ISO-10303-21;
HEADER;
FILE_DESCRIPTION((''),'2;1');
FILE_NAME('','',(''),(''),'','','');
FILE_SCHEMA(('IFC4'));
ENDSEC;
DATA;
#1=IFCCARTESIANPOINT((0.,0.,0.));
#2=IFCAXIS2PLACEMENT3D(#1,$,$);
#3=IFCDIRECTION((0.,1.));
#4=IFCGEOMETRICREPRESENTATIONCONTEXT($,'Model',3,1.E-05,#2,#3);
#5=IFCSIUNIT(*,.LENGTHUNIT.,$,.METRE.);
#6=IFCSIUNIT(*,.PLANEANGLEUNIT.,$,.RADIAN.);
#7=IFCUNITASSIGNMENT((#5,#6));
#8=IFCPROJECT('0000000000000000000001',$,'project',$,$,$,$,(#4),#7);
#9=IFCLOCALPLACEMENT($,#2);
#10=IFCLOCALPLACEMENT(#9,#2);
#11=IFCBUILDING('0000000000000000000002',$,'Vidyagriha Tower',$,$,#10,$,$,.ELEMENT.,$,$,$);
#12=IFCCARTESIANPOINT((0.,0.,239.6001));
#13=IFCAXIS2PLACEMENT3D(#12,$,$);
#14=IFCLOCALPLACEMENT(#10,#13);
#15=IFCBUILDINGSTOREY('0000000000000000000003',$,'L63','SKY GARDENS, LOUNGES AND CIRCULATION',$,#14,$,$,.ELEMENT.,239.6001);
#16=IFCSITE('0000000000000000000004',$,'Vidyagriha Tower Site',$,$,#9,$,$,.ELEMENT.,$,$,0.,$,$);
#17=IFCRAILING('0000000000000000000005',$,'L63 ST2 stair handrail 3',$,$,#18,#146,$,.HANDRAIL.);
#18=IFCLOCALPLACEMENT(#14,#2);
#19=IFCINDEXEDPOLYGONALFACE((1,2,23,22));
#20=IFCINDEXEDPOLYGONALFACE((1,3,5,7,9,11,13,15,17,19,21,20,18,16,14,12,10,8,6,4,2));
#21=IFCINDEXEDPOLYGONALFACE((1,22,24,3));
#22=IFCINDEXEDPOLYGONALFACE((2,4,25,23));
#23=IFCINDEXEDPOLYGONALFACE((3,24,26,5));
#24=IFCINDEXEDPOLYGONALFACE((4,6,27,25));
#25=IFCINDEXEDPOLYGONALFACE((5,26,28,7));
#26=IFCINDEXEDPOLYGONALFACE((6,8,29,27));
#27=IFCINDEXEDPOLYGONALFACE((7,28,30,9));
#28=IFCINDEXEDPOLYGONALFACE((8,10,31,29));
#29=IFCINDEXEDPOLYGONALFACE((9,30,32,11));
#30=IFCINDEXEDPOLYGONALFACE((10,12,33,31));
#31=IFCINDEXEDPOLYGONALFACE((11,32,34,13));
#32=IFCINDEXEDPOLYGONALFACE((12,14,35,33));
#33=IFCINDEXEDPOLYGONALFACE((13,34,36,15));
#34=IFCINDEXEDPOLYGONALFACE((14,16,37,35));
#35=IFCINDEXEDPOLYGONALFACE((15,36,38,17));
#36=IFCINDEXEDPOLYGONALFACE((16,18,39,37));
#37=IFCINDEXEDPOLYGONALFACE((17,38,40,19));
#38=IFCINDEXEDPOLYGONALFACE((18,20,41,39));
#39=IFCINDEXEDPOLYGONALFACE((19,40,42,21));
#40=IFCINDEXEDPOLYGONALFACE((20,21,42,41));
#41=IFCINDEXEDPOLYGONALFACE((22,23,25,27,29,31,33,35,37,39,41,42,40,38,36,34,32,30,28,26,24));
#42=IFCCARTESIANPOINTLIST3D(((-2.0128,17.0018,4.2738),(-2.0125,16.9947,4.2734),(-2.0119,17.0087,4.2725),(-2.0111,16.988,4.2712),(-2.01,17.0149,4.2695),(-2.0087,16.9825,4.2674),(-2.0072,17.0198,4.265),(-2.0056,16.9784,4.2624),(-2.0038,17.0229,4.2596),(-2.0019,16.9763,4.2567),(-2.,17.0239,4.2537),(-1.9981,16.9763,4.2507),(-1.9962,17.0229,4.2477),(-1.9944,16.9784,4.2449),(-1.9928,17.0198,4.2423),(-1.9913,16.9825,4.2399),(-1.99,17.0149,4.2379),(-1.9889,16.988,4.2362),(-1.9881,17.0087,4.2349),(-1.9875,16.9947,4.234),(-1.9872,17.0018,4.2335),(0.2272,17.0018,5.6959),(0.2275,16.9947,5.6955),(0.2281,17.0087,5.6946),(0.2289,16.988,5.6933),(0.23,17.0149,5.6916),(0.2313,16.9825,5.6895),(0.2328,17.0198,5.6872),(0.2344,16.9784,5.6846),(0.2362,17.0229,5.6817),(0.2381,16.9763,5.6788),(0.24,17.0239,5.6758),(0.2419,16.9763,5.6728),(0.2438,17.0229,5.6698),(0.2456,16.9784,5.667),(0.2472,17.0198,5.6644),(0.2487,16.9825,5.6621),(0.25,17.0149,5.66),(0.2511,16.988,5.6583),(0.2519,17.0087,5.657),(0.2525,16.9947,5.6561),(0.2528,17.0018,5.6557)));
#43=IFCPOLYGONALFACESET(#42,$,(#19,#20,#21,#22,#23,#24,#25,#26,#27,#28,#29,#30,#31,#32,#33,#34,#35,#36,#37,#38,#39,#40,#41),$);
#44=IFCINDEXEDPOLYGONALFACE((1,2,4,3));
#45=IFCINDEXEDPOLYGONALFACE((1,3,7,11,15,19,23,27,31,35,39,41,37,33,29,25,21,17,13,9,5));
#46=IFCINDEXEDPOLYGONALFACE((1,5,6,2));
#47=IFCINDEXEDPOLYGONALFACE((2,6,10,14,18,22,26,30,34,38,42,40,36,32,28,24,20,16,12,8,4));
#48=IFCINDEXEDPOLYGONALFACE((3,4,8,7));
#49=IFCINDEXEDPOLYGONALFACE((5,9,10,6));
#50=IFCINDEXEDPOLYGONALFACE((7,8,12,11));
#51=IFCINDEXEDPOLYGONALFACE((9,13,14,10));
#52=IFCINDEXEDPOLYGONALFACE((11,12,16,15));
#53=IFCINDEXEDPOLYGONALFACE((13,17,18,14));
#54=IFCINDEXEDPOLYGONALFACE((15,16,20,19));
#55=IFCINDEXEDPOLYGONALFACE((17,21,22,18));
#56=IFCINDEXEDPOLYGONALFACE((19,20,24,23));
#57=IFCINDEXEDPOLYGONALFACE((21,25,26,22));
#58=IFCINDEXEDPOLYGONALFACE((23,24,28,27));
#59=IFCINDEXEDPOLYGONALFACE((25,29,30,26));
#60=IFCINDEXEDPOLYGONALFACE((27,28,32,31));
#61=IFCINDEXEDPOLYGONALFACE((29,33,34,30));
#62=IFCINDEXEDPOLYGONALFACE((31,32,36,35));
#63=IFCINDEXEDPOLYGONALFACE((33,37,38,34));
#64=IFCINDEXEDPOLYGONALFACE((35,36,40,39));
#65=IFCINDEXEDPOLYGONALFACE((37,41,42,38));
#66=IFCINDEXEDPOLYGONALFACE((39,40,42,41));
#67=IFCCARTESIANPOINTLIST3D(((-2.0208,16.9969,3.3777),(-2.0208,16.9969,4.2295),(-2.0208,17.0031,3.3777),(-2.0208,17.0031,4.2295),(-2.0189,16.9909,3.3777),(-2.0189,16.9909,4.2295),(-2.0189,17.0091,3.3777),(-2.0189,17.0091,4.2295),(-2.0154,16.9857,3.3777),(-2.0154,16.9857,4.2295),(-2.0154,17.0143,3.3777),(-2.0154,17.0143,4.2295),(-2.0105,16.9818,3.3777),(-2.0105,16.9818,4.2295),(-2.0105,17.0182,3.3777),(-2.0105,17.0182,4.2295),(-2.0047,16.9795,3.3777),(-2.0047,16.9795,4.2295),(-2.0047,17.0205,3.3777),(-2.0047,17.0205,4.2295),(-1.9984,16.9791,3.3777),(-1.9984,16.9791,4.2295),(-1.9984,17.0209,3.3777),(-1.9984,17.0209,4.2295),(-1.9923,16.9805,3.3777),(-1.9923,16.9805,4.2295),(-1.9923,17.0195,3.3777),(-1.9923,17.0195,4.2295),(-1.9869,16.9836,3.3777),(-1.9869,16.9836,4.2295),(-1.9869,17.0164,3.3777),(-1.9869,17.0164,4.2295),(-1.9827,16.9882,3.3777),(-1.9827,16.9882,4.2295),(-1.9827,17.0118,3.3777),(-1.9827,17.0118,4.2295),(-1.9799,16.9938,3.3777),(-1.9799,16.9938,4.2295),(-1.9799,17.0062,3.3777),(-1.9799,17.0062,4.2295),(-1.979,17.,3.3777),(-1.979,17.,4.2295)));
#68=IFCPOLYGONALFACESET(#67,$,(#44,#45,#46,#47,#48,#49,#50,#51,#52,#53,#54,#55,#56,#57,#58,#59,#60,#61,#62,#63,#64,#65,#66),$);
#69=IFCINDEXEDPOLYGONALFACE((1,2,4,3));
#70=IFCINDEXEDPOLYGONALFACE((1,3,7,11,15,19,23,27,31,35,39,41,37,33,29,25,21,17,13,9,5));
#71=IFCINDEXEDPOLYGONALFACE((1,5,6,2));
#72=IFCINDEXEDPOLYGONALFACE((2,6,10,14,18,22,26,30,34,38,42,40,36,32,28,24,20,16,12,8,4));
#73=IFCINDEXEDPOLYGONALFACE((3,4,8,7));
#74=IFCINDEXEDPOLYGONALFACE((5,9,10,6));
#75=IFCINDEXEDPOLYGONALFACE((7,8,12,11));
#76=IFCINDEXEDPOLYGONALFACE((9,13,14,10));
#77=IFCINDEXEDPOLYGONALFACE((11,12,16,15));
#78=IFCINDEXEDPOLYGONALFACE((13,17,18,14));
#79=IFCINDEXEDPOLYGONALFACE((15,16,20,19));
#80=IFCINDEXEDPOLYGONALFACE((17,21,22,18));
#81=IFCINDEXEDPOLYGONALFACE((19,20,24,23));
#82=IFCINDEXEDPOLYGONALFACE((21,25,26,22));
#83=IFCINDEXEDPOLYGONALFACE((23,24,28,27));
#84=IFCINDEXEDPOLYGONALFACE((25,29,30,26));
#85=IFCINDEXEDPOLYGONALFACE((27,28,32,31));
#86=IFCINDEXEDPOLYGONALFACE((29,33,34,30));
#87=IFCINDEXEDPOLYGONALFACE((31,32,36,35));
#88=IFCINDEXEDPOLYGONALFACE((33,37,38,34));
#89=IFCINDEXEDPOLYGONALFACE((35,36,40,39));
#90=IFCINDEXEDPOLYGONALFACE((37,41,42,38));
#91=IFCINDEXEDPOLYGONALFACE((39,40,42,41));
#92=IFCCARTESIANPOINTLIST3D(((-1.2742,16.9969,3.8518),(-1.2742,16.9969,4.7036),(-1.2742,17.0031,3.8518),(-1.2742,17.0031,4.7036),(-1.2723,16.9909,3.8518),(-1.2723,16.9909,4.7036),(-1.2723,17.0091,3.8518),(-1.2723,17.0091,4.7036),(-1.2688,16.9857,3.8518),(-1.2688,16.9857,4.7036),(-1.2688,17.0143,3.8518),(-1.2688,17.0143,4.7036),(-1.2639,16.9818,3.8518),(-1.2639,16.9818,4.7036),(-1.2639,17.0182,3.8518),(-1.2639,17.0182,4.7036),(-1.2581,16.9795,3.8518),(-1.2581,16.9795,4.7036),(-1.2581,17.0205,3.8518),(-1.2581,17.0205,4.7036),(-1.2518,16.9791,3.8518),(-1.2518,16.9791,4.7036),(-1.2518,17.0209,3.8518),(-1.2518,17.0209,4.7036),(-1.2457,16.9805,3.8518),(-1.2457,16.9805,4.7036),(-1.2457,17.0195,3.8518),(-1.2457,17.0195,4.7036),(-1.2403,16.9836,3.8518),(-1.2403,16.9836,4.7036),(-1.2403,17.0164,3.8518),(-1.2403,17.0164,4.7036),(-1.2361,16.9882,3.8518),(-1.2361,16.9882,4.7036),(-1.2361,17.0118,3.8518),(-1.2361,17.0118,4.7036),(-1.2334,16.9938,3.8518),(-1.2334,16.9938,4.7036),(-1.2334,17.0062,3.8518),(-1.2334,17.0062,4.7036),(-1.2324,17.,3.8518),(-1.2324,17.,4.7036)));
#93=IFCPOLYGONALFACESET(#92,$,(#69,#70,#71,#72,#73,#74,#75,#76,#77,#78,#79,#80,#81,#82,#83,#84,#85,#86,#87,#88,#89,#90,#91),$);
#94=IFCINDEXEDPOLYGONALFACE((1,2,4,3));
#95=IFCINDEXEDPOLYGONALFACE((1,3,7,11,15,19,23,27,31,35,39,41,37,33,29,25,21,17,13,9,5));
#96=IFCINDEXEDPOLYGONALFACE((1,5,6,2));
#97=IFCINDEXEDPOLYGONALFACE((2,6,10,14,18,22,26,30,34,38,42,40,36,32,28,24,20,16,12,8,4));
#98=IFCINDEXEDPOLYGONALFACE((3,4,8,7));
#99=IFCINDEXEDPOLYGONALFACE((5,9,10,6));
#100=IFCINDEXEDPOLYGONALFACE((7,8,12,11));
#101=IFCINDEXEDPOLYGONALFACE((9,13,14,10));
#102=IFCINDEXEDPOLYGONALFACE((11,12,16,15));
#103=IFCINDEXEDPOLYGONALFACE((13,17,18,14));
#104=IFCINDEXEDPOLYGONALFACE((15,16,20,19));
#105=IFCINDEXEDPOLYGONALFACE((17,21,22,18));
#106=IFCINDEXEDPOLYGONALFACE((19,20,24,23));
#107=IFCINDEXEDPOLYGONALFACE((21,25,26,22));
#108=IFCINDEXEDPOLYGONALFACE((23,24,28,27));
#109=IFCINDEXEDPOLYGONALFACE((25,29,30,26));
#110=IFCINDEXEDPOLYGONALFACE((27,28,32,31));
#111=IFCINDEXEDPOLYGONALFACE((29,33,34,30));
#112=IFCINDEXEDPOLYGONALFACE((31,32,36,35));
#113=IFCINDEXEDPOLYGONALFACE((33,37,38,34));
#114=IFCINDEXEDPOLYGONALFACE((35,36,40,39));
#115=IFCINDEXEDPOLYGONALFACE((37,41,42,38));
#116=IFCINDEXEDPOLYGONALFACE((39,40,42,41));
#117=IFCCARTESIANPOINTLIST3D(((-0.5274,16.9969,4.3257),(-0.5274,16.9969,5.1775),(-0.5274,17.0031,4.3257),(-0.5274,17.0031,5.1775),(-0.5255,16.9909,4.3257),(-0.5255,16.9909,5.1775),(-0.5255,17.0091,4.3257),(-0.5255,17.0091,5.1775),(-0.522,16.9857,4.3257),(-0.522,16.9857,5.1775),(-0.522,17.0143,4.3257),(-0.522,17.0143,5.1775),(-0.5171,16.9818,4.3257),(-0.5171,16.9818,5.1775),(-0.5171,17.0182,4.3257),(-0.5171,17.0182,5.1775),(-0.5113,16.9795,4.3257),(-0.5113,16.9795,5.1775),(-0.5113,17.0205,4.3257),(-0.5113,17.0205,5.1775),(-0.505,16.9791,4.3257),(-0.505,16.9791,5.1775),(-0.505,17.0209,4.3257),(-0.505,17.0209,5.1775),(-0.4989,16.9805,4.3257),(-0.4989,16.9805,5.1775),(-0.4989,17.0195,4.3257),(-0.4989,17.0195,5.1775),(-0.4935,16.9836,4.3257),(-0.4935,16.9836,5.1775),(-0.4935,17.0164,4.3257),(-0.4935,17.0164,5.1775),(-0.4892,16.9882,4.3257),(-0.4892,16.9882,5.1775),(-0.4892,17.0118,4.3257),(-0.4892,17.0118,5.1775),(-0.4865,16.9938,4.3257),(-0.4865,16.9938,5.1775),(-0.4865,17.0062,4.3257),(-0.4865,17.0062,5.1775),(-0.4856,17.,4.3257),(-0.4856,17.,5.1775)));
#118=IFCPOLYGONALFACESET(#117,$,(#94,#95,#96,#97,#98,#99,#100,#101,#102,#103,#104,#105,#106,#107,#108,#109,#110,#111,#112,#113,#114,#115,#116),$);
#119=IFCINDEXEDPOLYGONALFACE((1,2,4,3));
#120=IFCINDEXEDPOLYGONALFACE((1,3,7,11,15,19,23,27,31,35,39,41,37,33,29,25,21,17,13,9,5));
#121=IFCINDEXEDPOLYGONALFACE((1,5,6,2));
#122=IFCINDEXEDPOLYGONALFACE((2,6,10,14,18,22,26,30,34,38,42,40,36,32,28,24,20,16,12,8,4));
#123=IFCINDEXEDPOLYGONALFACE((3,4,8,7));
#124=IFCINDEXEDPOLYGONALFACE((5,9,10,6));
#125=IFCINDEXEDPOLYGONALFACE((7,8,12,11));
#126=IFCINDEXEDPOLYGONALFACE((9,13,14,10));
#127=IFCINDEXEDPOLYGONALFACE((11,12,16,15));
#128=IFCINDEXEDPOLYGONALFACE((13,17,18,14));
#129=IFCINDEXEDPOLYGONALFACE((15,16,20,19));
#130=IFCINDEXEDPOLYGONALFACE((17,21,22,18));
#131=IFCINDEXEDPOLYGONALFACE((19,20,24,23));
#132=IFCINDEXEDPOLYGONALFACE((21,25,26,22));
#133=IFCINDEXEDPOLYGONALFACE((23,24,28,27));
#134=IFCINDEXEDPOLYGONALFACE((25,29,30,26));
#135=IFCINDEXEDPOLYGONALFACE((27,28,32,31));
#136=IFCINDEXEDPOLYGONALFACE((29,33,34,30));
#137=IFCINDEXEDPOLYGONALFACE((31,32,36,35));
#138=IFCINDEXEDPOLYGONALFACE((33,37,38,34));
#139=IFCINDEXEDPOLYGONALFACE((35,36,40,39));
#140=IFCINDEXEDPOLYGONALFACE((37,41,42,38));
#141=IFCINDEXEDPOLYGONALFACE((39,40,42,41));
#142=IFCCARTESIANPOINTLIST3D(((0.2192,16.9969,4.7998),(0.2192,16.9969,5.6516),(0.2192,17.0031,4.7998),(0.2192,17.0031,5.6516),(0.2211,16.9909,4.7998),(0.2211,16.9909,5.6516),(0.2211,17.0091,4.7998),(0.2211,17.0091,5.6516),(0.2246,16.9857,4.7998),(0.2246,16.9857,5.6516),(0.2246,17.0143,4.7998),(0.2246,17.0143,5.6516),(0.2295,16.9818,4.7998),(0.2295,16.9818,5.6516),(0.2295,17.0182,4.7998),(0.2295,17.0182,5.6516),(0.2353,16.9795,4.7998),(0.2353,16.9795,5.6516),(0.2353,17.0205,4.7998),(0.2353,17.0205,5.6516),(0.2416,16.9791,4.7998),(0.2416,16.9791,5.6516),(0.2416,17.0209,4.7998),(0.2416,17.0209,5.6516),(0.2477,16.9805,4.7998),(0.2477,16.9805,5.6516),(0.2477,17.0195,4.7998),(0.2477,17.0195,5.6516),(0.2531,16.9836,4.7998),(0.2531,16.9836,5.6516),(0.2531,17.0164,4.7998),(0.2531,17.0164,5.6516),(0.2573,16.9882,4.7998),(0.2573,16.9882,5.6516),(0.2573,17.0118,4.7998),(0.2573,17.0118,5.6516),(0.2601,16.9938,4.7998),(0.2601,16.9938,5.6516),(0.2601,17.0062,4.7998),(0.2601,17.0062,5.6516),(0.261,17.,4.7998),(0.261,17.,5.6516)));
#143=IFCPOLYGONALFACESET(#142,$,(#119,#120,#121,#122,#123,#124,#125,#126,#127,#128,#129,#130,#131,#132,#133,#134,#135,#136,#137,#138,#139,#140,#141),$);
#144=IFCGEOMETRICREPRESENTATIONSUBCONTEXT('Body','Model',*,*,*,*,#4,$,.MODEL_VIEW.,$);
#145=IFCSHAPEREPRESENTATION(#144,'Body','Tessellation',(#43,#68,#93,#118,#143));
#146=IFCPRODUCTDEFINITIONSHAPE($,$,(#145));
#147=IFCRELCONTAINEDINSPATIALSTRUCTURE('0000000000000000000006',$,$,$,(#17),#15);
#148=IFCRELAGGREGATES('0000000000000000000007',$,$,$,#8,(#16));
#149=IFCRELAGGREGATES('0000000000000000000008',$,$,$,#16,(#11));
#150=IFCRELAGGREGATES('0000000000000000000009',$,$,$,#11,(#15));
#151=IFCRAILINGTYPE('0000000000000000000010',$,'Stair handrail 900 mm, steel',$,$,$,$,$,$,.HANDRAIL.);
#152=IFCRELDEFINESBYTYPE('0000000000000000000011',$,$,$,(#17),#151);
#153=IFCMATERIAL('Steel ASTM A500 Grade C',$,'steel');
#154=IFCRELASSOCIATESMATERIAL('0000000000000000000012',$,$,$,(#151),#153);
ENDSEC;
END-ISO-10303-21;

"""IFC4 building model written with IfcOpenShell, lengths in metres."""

from ifc_helpers import new_model, si_unit, direction, frame, origin, origin_2d, place, context, subcontext, project, spatial, circle, extrude, material, type_object, element, save


model = new_model("IFC4")

# Units and contexts
model_context = context("Model", 3, precision=1e-05, world=origin(), true_north=direction((0.0, 1.0)))
body_context = subcontext(model_context, "Body", "Model", "MODEL_VIEW")
ifc_project = project(units=[si_unit("LENGTHUNIT", "METRE"), si_unit("PLANEANGLEUNIT", "RADIAN")], contexts=[model_context])

# Site, building, storey
site_placement = place(None, origin())
site = spatial("IfcSite", under=ifc_project, at=site_placement, Name="Vidyagriha Tower Site", CompositionType="ELEMENT", RefElevation=0.0)
building_placement = place(site_placement, origin())
building = spatial("IfcBuilding", under=site, at=building_placement, Name="Vidyagriha Tower", CompositionType="ELEMENT")
storey_placement = place(building_placement, frame((0.0, 0.0, 239.6001)))
storey = spatial("IfcBuildingStorey", under=building, at=storey_placement, Name="L63", Description="SKY GARDENS, LOUNGES AND CIRCULATION", CompositionType="ELEMENT", Elevation=239.6001)

# Railing
ifc_material_1 = material(Name="Steel ASTM A500 Grade C", Category="steel")
railing_type = type_object("IfcRailingType", Name="Stair handrail 900 mm, steel", PredefinedType="HANDRAIL", material=ifc_material_1)
for number, where, name in (
    (1, (-2.0, 17.0, 3.3777), "L63 ST2 stair handrail 3"),
):
    element("IfcRailing", number, at=place(storey_placement, frame(where)), inside=storey, type_object=railing_type, Name=name, PredefinedType="HANDRAIL", context=body_context, shape_type="SweptSolid", body=[
        extrude(circle(Radius=0.0239, at=origin_2d()), frame((0.0, 0.0, 0.876), z_axis=(0.844229, 0.0, 0.535982), x_axis=(0.0, 1.0, 0.0)), (0.0, 0.0, 1.0), 2.6533),
        extrude(circle(Radius=0.021, at=origin_2d()), origin(), (0.0, 0.0, 1.0), 0.8518),
        extrude(circle(Radius=0.021, at=origin_2d()), frame((0.7466, 0.0, 0.4741)), (0.0, 0.0, 1.0), 0.8518),
        extrude(circle(Radius=0.021, at=origin_2d()), frame((1.4934, 0.0, 0.948)), (0.0, 0.0, 1.0), 0.8518),
        extrude(circle(Radius=0.021, at=origin_2d()), frame((2.24, 0.0, 1.4221)), (0.0, 0.0, 1.0), 0.8518),
    ])

save(model, "model.ifc")
